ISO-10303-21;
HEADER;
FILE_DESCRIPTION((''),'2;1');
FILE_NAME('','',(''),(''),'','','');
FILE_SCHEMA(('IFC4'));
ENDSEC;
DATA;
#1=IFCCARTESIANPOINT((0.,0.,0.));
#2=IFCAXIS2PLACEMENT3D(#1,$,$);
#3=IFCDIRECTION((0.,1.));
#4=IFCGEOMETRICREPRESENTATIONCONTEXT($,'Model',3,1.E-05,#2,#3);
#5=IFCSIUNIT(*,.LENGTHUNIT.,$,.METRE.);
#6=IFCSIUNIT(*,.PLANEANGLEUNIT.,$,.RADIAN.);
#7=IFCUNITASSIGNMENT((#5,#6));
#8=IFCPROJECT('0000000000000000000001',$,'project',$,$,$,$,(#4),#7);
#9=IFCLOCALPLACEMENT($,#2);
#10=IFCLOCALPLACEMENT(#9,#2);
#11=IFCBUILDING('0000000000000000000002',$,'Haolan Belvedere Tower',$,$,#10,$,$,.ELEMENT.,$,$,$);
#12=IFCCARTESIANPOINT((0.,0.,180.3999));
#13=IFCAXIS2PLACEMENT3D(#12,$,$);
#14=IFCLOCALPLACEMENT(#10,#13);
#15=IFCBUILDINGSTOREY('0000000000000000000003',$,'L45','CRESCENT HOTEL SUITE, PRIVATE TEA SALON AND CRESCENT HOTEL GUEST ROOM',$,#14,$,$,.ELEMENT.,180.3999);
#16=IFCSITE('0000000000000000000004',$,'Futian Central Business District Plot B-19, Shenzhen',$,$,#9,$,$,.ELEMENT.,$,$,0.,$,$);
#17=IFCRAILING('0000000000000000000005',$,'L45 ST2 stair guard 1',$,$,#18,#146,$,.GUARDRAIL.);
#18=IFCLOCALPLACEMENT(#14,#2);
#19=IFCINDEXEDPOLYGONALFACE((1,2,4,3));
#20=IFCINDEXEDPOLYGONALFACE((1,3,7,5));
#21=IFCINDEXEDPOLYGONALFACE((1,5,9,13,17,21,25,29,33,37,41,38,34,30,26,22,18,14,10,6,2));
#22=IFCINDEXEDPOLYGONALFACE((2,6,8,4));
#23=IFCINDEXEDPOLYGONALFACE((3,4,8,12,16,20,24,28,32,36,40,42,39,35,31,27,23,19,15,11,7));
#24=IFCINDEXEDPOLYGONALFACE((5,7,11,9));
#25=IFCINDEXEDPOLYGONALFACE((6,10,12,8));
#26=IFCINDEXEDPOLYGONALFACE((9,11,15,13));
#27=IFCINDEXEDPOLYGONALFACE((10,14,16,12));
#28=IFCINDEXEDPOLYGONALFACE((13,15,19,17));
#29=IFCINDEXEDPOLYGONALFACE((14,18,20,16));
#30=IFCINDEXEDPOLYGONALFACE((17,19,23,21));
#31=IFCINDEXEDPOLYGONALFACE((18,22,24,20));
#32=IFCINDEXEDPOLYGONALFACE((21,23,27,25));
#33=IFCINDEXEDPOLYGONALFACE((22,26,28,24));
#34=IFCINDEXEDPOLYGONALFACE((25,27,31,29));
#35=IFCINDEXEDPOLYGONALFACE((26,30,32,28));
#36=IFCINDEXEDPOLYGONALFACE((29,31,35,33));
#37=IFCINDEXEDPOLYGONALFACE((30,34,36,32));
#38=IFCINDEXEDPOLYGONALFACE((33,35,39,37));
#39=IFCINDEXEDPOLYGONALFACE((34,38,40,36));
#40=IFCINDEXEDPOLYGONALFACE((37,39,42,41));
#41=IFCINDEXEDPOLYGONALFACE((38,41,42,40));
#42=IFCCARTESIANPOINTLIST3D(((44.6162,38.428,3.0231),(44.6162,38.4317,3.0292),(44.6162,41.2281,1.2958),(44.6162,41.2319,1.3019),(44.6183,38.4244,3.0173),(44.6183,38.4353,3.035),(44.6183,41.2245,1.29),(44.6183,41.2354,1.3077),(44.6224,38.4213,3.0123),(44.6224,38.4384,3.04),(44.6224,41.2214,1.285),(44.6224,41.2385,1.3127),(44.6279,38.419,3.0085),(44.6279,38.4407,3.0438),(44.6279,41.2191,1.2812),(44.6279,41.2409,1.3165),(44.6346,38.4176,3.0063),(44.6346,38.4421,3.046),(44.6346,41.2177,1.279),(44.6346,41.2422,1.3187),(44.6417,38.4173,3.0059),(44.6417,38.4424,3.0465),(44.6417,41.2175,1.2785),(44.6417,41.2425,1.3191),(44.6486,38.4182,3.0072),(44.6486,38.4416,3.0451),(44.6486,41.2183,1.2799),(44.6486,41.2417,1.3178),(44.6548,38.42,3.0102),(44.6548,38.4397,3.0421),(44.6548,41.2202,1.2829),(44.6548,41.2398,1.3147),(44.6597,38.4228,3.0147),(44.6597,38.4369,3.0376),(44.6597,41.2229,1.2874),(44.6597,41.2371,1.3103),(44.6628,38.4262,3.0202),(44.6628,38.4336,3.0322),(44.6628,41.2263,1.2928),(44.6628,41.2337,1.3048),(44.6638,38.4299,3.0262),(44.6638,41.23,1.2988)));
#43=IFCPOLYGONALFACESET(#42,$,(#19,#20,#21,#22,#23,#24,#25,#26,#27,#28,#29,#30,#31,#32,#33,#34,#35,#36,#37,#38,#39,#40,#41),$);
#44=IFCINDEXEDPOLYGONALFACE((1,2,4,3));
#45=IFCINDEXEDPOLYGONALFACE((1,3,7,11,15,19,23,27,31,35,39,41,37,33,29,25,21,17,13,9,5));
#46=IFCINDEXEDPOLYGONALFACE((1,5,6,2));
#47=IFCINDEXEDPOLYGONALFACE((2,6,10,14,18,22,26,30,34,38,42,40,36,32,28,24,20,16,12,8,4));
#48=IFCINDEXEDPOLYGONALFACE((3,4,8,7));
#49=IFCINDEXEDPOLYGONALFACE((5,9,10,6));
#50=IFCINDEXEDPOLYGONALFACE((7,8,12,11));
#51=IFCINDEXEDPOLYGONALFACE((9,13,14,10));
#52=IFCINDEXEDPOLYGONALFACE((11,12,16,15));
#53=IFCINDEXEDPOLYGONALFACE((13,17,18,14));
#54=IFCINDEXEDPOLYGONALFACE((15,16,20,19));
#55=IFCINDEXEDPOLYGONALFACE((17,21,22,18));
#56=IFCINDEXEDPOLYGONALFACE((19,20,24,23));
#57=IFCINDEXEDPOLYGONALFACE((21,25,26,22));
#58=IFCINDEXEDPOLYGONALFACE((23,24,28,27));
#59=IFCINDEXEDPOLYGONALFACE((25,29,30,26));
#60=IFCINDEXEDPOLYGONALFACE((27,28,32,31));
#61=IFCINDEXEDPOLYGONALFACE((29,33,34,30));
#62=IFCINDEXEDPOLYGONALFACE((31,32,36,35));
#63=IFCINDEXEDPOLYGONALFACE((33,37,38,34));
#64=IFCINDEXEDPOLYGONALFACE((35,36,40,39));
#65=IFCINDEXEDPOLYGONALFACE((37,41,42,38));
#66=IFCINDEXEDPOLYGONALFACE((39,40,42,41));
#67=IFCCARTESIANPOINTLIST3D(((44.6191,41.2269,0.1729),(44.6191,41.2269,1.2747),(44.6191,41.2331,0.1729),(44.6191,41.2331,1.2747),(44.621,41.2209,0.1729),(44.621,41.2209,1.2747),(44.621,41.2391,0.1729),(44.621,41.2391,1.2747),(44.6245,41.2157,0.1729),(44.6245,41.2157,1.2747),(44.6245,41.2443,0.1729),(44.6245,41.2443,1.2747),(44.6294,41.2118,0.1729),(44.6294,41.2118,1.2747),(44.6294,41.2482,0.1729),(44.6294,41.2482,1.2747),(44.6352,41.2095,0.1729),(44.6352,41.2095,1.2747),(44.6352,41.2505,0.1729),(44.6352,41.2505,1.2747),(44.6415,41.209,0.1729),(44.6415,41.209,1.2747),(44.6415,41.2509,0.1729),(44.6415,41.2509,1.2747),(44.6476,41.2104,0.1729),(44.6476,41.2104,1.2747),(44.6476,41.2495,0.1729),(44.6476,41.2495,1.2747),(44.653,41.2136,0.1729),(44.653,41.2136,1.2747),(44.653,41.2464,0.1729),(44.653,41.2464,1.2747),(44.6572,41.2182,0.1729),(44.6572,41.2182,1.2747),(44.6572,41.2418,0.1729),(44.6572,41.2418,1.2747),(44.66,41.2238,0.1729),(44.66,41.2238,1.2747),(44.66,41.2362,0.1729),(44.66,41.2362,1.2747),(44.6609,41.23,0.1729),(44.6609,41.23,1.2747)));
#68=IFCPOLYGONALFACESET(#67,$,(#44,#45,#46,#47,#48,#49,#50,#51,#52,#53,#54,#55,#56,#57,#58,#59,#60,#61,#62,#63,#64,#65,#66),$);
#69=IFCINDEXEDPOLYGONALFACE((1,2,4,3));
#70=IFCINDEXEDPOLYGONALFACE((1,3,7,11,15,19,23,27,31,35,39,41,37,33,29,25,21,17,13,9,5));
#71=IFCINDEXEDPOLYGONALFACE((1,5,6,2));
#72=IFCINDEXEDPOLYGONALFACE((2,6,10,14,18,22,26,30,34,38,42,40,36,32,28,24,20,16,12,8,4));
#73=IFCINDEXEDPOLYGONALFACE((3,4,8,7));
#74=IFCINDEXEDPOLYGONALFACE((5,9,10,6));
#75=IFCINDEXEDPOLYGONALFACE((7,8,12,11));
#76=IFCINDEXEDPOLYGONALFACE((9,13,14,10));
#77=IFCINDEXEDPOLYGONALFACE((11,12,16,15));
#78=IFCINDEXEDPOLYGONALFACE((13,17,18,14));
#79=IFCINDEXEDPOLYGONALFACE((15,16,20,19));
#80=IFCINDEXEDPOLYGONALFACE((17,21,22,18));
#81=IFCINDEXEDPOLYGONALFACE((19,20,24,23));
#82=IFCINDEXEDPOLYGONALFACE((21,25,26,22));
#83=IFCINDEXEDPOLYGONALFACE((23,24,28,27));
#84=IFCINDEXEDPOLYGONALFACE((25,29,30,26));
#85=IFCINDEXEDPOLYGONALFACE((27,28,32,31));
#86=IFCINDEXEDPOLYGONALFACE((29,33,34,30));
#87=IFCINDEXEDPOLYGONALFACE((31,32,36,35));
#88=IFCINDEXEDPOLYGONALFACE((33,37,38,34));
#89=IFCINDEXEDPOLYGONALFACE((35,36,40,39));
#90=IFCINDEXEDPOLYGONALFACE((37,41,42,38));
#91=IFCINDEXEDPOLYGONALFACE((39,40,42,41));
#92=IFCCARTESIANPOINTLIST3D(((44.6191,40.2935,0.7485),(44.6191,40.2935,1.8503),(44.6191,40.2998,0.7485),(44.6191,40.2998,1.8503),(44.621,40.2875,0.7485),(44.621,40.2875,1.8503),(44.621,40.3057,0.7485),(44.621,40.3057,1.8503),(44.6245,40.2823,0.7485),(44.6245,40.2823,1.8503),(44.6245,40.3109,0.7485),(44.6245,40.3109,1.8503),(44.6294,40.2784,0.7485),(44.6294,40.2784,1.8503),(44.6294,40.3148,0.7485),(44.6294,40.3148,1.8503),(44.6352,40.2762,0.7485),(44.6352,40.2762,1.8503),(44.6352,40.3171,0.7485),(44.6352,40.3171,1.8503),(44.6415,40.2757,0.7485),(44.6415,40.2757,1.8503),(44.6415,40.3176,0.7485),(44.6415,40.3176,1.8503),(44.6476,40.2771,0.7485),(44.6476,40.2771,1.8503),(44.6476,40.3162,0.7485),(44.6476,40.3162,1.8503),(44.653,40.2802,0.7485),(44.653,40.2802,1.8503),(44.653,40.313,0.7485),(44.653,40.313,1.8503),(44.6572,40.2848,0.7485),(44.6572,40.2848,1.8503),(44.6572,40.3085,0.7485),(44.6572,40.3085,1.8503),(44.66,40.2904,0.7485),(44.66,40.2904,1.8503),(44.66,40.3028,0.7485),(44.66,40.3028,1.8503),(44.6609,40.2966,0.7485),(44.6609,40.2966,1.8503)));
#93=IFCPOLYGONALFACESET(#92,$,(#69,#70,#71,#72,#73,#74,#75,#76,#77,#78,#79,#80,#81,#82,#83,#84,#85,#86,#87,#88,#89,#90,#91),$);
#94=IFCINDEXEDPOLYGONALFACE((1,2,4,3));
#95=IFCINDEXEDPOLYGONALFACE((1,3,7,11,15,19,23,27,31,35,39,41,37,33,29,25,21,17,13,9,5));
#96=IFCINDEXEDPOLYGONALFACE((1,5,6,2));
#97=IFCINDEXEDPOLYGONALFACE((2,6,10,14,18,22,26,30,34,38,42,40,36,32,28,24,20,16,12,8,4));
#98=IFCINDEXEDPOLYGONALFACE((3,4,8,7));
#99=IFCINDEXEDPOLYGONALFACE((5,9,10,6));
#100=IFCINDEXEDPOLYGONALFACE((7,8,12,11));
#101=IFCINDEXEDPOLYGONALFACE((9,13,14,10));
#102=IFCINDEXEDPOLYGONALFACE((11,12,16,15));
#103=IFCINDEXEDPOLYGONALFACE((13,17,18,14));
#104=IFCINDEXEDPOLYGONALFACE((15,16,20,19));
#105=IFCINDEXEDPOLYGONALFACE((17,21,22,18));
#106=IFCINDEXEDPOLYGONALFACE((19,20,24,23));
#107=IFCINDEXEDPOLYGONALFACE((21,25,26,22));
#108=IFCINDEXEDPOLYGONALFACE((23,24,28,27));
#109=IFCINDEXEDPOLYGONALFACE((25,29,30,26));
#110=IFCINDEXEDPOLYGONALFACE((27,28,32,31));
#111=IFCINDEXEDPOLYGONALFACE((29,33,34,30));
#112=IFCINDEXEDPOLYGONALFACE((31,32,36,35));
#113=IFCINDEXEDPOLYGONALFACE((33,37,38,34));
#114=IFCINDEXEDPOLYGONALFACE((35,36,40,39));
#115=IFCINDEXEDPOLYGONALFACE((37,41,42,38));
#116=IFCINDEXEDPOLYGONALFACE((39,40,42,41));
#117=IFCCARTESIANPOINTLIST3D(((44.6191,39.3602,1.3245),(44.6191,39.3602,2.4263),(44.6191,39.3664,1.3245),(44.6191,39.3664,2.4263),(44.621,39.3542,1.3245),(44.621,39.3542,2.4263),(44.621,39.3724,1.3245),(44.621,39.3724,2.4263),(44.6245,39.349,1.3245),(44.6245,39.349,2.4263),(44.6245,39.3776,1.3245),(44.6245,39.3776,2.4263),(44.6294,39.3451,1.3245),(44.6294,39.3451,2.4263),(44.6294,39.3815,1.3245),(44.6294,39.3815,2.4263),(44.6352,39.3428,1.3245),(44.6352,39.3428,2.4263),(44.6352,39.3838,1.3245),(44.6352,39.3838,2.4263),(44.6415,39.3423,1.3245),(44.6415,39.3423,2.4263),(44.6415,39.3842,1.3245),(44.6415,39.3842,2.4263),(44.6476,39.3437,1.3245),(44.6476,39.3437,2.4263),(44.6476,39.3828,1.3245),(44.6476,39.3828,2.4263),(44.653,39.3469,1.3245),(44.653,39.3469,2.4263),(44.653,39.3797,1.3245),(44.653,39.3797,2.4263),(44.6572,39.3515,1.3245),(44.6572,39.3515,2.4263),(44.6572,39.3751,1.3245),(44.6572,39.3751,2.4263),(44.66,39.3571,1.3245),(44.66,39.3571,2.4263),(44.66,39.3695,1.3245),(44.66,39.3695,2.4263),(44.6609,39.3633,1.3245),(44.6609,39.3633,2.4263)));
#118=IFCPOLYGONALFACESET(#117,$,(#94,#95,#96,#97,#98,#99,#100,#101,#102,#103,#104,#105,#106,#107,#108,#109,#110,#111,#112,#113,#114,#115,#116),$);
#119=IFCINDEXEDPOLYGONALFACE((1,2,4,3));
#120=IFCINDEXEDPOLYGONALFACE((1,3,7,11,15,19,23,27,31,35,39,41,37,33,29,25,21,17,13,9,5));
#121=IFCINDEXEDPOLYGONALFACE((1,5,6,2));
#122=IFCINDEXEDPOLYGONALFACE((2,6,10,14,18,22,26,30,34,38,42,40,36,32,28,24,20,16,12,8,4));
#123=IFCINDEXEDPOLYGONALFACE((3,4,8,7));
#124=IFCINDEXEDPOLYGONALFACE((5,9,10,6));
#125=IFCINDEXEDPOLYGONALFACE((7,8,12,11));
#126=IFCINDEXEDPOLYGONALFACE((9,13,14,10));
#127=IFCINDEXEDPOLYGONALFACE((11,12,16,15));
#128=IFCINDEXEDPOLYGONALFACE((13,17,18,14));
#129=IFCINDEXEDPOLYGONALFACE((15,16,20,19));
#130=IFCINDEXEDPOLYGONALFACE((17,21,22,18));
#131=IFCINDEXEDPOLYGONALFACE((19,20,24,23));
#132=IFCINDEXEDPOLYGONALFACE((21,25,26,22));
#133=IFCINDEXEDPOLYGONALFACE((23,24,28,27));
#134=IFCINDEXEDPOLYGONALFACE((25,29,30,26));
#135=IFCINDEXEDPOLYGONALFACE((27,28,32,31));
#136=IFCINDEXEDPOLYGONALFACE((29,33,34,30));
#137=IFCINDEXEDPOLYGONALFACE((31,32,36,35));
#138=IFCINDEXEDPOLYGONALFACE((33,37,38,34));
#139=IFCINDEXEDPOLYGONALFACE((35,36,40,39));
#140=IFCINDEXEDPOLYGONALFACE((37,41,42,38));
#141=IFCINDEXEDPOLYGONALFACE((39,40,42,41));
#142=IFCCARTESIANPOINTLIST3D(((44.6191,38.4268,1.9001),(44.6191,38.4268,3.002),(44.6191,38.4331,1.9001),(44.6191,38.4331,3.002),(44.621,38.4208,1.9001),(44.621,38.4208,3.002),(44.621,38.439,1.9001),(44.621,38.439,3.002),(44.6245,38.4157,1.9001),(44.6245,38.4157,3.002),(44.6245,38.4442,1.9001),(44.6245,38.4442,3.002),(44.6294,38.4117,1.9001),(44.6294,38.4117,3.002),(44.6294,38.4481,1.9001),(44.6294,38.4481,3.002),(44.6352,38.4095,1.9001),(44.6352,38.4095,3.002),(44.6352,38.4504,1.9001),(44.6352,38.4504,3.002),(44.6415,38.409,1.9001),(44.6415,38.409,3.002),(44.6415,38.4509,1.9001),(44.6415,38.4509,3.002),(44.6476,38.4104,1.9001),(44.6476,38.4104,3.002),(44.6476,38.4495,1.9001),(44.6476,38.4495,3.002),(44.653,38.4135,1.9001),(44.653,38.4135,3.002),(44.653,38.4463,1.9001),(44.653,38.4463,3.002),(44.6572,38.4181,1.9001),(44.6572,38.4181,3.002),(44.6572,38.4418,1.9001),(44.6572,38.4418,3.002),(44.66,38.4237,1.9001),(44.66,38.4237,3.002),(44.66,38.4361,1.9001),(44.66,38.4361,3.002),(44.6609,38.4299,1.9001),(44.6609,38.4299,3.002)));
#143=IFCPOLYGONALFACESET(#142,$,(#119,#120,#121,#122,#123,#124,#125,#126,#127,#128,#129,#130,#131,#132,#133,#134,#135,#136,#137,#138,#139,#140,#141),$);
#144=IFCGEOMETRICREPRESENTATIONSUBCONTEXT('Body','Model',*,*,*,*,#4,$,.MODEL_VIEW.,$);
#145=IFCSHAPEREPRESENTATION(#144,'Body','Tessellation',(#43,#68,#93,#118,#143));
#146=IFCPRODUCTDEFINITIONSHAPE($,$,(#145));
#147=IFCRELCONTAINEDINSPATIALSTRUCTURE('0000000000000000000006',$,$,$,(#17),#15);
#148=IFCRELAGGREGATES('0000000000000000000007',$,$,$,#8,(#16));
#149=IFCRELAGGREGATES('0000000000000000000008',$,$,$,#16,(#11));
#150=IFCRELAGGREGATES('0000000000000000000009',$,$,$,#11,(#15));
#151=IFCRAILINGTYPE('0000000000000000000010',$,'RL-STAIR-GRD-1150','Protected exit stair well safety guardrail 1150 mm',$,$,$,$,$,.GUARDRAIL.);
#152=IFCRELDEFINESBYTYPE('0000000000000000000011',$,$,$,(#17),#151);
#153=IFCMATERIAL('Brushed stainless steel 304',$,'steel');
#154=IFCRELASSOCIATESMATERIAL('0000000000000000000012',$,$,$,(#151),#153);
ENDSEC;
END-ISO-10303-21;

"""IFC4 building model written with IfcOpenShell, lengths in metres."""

from ifc_helpers import new_model, si_unit, direction, frame, origin, origin_2d, place, context, subcontext, project, spatial, circle, extrude, material, type_object, element, save


model = new_model("IFC4")

# Units and contexts
model_context = context("Model", 3, precision=1e-05, world=origin(), true_north=direction((0.0, 1.0)))
body_context = subcontext(model_context, "Body", "Model", "MODEL_VIEW")
ifc_project = project(units=[si_unit("LENGTHUNIT", "METRE"), si_unit("PLANEANGLEUNIT", "RADIAN")], contexts=[model_context])

# Site, building, storey
site_placement = place(None, origin())
site = spatial("IfcSite", under=ifc_project, at=site_placement, Name="Futian Central Business District Plot B-19, Shenzhen", CompositionType="ELEMENT", RefElevation=0.0)
building_placement = place(site_placement, origin())
building = spatial("IfcBuilding", under=site, at=building_placement, Name="Haolan Belvedere Tower", CompositionType="ELEMENT")
storey_placement = place(building_placement, frame((0.0, 0.0, 180.3999)))
storey = spatial("IfcBuildingStorey", under=building, at=storey_placement, Name="L45", Description="CRESCENT HOTEL SUITE, PRIVATE TEA SALON AND CRESCENT HOTEL GUEST ROOM", CompositionType="ELEMENT", Elevation=180.3999)

# Railing
ifc_material_1 = material(Name="Brushed stainless steel 304", Category="steel")
railing_type_1 = type_object("IfcRailingType", Name="RL-STAIR-GRD-1150", Description="Protected exit stair well safety guardrail 1150 mm", PredefinedType="GUARDRAIL", material=ifc_material_1)
railing_1_placement = place(storey_placement, frame((44.6399, 41.23, 0.1729)))
element("IfcRailing", 1, at=railing_1_placement, inside=storey, type_object=railing_type_1, Name="L45 ST2 stair guard 1", PredefinedType="GUARDRAIL", context=body_context, shape_type="SweptSolid", body=[
    extrude(circle(Radius=0.0239, at=origin_2d()), frame((0.0, 0.0, 1.126), z_axis=(0.0, -0.85109, 0.52502), x_axis=(1.0, 0.0, 0.0)), (0.0, 0.0, 1.0), 3.29),
    extrude(circle(Radius=0.021, at=origin_2d()), origin(), (0.0, 0.0, 1.0), 1.1018),
    extrude(circle(Radius=0.021, at=origin_2d()), frame((0.0, -0.9333, 0.5757)), (0.0, 0.0, 1.0), 1.1018),
    extrude(circle(Radius=0.021, at=origin_2d()), frame((0.0, -1.8667, 1.1516)), (0.0, 0.0, 1.0), 1.1018),
    extrude(circle(Radius=0.021, at=origin_2d()), frame((0.0, -2.8, 1.7273)), (0.0, 0.0, 1.0), 1.1018),
])

save(model, "model.ifc")
